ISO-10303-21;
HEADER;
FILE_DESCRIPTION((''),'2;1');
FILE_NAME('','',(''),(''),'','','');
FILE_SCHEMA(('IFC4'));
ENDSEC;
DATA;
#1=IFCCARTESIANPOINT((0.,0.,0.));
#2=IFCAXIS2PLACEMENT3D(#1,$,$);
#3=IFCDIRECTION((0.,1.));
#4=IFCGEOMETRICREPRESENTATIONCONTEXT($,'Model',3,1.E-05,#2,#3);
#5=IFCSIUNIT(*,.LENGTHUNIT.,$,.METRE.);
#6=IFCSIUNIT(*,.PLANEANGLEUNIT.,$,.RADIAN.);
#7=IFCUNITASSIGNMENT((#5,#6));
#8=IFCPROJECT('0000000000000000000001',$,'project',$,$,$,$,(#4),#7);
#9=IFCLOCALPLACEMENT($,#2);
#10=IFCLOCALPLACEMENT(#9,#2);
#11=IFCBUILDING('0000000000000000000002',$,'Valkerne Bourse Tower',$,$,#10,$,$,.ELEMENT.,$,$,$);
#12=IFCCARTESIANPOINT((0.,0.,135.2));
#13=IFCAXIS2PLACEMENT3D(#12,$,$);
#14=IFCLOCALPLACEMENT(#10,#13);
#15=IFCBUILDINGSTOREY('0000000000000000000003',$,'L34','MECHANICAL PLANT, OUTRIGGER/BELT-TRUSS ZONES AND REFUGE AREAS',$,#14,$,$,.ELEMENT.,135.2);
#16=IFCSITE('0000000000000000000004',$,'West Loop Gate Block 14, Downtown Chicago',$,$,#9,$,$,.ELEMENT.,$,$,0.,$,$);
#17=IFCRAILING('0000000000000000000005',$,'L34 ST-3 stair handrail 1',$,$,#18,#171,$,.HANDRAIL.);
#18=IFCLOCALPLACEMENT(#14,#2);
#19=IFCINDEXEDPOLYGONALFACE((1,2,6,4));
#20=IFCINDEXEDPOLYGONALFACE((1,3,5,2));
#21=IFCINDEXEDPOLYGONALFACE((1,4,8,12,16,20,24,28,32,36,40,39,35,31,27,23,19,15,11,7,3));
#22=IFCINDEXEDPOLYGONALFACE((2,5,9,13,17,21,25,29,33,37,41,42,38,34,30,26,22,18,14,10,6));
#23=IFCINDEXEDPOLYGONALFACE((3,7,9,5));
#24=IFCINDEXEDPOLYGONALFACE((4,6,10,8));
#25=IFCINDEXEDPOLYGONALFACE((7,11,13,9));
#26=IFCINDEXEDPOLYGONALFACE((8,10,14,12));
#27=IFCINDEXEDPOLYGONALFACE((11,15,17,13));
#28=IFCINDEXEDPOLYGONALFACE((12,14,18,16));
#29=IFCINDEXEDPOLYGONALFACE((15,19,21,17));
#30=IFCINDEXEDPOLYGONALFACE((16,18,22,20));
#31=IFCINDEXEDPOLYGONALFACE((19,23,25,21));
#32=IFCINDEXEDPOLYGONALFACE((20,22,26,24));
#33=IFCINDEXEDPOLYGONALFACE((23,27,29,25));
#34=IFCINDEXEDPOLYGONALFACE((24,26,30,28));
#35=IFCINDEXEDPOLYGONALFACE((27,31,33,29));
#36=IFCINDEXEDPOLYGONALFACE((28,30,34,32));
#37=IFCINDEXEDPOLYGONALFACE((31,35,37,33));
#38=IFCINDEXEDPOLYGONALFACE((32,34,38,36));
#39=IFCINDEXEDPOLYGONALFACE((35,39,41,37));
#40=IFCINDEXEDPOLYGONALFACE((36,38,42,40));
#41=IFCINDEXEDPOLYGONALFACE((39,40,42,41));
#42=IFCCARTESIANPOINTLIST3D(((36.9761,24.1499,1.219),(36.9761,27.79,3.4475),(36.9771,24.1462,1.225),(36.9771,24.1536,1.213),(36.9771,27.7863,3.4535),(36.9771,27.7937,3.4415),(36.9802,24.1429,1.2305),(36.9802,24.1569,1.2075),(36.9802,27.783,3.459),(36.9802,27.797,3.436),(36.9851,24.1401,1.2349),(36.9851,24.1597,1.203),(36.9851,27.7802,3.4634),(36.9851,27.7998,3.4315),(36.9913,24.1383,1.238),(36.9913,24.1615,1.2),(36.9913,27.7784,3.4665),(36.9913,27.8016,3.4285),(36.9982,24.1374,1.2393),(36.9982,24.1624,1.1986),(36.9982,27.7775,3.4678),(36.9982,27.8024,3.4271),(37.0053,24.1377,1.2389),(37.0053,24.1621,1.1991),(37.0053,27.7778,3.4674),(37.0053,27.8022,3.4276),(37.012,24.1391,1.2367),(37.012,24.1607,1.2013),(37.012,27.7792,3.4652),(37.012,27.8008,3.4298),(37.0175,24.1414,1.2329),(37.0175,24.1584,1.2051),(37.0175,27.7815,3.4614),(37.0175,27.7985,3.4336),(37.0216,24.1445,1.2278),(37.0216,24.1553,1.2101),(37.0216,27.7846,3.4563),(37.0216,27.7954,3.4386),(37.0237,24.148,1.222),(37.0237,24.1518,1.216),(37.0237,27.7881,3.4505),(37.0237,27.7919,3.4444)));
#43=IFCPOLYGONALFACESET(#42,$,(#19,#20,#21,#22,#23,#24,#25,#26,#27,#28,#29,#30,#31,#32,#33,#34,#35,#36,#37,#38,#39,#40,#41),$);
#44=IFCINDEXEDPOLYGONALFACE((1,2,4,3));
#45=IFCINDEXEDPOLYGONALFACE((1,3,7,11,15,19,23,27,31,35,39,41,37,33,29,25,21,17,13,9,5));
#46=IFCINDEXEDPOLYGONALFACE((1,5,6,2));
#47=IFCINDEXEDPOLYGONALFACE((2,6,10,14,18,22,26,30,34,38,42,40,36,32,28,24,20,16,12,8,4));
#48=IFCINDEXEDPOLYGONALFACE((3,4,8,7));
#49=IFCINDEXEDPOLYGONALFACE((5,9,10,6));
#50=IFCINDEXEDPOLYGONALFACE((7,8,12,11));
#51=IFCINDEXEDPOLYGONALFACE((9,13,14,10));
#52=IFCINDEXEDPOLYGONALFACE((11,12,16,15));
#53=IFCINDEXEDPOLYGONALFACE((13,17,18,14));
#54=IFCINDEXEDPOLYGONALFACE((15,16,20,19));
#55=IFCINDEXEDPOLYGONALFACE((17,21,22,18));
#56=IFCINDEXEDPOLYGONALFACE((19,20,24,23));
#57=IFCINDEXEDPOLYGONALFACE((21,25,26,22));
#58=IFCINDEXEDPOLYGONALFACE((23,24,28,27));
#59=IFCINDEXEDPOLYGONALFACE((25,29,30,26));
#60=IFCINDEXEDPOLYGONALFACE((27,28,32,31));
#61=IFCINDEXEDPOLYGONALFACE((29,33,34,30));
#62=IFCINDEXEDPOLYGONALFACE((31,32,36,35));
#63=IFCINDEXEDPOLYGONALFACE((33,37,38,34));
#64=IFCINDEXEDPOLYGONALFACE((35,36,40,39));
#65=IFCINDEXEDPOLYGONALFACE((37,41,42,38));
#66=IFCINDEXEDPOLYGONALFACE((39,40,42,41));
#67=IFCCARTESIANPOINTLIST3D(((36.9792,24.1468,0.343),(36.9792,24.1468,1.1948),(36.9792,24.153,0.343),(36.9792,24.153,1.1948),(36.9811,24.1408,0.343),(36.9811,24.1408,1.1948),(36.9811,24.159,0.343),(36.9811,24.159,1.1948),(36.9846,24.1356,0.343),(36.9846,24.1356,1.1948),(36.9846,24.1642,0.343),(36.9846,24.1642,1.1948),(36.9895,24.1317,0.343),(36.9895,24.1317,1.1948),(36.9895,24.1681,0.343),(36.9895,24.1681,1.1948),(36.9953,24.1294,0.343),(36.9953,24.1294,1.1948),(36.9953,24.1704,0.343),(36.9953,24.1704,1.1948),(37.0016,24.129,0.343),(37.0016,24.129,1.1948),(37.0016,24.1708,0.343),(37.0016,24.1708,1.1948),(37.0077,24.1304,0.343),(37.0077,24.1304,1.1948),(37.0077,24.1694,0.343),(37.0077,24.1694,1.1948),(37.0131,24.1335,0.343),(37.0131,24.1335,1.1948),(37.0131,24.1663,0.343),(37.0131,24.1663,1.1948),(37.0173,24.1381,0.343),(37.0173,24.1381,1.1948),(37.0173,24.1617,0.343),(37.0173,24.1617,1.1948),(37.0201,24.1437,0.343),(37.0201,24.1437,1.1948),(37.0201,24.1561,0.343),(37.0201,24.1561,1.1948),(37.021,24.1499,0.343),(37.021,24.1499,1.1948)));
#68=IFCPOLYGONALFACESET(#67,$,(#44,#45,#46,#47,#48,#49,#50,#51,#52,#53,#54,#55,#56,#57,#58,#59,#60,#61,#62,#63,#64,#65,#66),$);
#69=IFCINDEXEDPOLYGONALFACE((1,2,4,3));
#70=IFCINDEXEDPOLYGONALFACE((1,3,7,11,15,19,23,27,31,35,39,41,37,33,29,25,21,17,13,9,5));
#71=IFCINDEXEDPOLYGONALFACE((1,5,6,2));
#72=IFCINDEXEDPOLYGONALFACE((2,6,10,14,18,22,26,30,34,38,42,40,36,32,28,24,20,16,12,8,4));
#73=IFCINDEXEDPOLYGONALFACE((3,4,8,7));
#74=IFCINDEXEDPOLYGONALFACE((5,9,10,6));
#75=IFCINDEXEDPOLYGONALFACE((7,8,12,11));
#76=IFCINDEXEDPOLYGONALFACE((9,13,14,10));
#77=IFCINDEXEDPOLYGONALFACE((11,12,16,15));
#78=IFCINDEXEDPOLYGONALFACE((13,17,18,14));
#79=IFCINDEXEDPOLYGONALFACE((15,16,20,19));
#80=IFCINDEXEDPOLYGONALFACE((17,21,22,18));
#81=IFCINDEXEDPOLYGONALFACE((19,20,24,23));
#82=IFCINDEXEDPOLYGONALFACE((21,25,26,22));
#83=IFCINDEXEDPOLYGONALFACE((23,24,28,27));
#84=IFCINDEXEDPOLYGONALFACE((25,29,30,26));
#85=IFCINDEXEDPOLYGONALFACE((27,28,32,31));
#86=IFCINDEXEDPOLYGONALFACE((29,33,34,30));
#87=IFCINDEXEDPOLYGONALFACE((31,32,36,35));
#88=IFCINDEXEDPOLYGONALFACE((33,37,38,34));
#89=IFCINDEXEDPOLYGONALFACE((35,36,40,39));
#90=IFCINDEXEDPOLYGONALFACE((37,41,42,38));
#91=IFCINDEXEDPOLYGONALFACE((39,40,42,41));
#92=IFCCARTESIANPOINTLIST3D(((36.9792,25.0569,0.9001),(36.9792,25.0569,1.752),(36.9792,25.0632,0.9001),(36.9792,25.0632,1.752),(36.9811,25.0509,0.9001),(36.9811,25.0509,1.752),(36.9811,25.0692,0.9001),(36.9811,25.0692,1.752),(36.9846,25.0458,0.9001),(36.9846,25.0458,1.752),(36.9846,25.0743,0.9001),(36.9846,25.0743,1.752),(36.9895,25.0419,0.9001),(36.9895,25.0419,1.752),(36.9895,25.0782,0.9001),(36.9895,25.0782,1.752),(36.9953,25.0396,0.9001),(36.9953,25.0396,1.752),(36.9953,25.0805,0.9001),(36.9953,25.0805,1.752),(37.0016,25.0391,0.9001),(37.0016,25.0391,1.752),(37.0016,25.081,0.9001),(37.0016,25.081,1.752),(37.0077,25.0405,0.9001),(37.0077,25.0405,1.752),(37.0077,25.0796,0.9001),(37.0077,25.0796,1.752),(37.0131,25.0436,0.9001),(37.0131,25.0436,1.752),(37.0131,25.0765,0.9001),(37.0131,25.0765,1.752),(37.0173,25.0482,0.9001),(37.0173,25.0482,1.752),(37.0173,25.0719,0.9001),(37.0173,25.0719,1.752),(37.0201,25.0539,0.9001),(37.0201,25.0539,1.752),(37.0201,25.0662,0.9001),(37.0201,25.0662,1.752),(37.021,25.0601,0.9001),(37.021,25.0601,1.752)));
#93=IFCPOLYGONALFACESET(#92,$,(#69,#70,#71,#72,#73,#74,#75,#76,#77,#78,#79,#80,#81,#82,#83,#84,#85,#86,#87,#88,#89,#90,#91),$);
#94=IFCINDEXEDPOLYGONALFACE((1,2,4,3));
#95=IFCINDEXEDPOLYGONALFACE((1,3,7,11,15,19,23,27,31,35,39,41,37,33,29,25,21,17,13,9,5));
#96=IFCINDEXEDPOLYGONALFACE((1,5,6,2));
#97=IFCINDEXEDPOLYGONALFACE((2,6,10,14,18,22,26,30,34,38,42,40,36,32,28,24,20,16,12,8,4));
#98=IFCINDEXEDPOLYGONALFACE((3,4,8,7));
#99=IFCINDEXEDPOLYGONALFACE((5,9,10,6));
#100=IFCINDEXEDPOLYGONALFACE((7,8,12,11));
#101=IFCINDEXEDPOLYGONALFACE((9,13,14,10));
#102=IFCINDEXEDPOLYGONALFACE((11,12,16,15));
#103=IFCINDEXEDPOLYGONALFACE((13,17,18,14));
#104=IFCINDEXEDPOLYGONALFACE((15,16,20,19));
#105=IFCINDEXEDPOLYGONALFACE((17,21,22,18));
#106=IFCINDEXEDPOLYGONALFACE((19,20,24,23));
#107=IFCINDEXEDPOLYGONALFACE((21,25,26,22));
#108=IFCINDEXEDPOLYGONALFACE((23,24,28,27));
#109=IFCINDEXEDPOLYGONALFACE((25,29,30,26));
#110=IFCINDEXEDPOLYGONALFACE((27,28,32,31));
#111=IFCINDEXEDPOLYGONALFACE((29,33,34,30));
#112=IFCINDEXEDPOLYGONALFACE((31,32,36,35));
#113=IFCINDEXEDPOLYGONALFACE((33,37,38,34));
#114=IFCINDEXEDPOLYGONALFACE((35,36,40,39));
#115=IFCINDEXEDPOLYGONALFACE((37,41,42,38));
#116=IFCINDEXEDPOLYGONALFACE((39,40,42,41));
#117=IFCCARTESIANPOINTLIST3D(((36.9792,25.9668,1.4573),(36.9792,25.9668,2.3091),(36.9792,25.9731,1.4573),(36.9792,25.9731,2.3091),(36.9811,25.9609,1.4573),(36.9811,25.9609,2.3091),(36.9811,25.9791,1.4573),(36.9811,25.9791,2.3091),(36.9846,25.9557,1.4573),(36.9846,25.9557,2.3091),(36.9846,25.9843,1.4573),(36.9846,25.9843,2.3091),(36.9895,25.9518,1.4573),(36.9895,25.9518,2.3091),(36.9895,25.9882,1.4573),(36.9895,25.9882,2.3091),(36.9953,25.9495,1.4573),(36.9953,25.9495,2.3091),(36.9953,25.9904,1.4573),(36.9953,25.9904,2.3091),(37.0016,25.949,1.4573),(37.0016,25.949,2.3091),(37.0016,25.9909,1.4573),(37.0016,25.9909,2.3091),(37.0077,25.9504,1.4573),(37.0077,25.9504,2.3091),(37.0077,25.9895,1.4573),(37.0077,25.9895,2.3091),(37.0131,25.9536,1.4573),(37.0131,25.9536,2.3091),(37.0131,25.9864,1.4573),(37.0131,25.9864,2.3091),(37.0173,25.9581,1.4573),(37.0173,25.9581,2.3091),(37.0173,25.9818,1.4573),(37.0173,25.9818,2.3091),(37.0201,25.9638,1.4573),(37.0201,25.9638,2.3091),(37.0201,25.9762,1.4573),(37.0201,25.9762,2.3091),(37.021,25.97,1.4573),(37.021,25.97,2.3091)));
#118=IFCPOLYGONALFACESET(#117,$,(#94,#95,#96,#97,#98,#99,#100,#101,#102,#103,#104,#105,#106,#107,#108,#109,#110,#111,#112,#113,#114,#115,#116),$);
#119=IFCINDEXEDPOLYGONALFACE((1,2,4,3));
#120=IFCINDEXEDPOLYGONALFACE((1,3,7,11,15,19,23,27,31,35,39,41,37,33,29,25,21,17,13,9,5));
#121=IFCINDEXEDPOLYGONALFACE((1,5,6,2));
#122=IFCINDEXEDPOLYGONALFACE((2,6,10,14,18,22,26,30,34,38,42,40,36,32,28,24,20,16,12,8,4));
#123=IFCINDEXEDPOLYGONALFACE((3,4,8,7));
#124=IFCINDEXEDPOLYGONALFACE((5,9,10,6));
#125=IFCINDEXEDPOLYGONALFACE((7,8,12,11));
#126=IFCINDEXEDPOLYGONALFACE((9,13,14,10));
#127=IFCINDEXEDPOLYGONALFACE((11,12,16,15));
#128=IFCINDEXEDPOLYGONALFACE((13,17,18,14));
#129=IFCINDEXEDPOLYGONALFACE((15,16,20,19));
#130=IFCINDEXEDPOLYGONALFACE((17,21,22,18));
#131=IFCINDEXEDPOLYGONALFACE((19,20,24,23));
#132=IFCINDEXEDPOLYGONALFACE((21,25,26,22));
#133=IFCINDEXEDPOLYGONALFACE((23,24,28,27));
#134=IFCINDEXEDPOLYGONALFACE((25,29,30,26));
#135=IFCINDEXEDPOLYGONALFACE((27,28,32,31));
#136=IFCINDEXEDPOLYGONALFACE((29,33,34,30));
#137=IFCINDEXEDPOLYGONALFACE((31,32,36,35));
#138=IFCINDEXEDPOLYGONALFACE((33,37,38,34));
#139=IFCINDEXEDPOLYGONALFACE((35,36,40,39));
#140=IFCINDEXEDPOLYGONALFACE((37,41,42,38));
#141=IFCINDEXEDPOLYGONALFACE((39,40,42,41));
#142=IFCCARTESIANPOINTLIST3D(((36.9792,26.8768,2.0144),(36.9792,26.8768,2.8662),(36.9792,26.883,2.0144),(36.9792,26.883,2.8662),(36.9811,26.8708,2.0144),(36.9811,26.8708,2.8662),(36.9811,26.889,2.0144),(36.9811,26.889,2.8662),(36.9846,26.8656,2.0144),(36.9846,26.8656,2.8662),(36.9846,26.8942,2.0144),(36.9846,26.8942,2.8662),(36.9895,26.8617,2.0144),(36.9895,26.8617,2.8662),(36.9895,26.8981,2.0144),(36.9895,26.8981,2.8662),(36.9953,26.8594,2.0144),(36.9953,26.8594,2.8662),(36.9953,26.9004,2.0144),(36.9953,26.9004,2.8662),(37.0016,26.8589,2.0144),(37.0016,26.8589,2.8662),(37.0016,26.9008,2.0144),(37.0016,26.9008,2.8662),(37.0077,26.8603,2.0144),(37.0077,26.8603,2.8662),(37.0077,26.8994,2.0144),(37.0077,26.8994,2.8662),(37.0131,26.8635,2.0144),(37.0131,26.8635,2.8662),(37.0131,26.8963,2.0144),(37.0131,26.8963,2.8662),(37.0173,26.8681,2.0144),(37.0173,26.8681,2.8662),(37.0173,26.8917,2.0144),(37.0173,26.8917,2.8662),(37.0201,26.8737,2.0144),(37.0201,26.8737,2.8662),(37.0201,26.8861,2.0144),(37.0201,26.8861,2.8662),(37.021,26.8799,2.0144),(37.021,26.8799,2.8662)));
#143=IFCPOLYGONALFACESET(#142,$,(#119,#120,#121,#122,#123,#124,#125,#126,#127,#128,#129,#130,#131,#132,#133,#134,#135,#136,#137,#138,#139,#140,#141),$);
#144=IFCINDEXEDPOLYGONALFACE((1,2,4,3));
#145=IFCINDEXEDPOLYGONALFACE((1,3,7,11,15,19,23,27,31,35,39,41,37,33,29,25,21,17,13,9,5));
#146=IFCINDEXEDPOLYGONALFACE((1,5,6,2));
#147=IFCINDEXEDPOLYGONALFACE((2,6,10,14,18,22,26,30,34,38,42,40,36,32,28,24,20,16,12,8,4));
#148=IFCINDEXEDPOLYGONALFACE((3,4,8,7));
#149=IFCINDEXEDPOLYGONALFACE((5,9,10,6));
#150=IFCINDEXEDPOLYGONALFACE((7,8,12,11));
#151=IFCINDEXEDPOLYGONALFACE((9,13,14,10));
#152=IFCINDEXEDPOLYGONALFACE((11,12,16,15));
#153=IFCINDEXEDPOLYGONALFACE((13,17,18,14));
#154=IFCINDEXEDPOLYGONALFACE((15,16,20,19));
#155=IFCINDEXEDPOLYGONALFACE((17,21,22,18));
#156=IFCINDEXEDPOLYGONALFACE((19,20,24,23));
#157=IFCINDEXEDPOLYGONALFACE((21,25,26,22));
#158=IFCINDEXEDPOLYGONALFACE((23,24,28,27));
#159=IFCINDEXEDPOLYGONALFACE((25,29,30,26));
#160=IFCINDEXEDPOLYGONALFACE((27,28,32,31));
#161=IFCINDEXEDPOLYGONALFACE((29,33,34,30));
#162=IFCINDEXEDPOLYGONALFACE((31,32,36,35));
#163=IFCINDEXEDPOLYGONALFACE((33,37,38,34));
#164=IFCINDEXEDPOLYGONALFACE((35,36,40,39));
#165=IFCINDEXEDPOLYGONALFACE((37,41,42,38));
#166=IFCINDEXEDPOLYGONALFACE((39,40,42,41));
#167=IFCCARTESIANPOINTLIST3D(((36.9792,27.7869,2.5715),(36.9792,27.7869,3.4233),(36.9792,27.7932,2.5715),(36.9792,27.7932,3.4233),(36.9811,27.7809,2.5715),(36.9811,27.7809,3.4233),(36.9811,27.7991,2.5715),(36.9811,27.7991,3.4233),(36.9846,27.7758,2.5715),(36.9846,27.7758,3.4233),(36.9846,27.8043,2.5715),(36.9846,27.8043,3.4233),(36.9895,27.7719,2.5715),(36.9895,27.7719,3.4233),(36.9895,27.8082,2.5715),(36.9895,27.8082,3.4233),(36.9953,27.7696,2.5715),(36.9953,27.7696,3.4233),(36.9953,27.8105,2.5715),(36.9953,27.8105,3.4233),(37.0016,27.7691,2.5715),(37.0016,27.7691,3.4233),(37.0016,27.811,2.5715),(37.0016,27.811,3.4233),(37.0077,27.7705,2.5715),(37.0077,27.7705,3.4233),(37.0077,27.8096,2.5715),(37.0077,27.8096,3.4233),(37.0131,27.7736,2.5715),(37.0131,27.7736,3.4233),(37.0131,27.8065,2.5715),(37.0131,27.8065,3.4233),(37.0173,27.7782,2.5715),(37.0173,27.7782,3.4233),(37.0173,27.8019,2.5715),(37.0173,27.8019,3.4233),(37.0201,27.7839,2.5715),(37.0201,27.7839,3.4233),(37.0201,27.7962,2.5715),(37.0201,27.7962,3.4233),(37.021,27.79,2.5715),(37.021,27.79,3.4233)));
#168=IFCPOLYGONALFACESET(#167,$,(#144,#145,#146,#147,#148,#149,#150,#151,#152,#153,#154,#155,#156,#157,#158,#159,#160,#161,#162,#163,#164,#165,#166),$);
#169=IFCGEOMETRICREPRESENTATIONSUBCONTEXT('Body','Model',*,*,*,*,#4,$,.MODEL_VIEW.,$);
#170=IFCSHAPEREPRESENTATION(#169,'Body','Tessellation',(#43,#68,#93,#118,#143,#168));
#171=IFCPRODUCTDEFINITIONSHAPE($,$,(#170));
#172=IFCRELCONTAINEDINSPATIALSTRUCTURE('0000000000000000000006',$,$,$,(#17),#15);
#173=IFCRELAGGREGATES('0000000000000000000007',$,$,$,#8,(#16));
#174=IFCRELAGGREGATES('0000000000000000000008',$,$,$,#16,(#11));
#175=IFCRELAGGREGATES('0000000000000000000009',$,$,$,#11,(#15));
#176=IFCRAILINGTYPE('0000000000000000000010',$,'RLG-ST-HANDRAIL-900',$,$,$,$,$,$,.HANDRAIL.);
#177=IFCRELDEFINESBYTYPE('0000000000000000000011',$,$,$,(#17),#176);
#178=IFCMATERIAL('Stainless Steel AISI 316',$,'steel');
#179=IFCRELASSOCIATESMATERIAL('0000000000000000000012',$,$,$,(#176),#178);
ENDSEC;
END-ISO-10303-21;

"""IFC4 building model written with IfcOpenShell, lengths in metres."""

from ifc_helpers import new_model, si_unit, direction, frame, origin, origin_2d, place, context, subcontext, project, spatial, circle, extrude, material, type_object, element, save


model = new_model("IFC4")

# Units and contexts
model_context = context("Model", 3, precision=1e-05, world=origin(), true_north=direction((0.0, 1.0)))
body_context = subcontext(model_context, "Body", "Model", "MODEL_VIEW")
ifc_project = project(units=[si_unit("LENGTHUNIT", "METRE"), si_unit("PLANEANGLEUNIT", "RADIAN")], contexts=[model_context])

# Site, building, storey
site_placement = place(None, origin())
site = spatial("IfcSite", under=ifc_project, at=site_placement, Name="West Loop Gate Block 14, Downtown Chicago", CompositionType="ELEMENT", RefElevation=0.0)
building_placement = place(site_placement, origin())
building = spatial("IfcBuilding", under=site, at=building_placement, Name="Valkerne Bourse Tower", CompositionType="ELEMENT")
storey_placement = place(building_placement, frame((0.0, 0.0, 135.2)))
storey = spatial("IfcBuildingStorey", under=building, at=storey_placement, Name="L34", Description="MECHANICAL PLANT, OUTRIGGER/BELT-TRUSS ZONES AND REFUGE AREAS", CompositionType="ELEMENT", Elevation=135.2)

# Railing
ifc_material_1 = material(Name="Stainless Steel AISI 316", Category="steel")
railing_type_1 = type_object("IfcRailingType", Name="RLG-ST-HANDRAIL-900", PredefinedType="HANDRAIL", material=ifc_material_1)
railing_1_placement = place(storey_placement, frame((37.0, 24.1499, 0.343)))
element("IfcRailing", 1, at=railing_1_placement, inside=storey, type_object=railing_type_1, Name="L34 ST-3 stair handrail 1", PredefinedType="HANDRAIL", context=body_context, shape_type="SweptSolid", body=[
    extrude(circle(Radius=0.0239, at=origin_2d()), frame((0.0, 0.0, 0.876), z_axis=(0.0, 0.852866, 0.52213), x_axis=(-1.0, 0.0, 0.0)), (0.0, 0.0, 1.0), 4.2681),
    extrude(circle(Radius=0.021, at=origin_2d()), origin(), (0.0, 0.0, 1.0), 0.8518),
    extrude(circle(Radius=0.021, at=origin_2d()), frame((0.0, 0.9102, 0.5571)), (0.0, 0.0, 1.0), 0.8518),
    extrude(circle(Radius=0.021, at=origin_2d()), frame((0.0, 1.8201, 1.1143)), (0.0, 0.0, 1.0), 0.8518),
    extrude(circle(Radius=0.021, at=origin_2d()), frame((0.0, 2.73, 1.6714)), (0.0, 0.0, 1.0), 0.8518),
    extrude(circle(Radius=0.021, at=origin_2d()), frame((0.0, 3.6401, 2.2285)), (0.0, 0.0, 1.0), 0.8518),
])

save(model, "model.ifc")
